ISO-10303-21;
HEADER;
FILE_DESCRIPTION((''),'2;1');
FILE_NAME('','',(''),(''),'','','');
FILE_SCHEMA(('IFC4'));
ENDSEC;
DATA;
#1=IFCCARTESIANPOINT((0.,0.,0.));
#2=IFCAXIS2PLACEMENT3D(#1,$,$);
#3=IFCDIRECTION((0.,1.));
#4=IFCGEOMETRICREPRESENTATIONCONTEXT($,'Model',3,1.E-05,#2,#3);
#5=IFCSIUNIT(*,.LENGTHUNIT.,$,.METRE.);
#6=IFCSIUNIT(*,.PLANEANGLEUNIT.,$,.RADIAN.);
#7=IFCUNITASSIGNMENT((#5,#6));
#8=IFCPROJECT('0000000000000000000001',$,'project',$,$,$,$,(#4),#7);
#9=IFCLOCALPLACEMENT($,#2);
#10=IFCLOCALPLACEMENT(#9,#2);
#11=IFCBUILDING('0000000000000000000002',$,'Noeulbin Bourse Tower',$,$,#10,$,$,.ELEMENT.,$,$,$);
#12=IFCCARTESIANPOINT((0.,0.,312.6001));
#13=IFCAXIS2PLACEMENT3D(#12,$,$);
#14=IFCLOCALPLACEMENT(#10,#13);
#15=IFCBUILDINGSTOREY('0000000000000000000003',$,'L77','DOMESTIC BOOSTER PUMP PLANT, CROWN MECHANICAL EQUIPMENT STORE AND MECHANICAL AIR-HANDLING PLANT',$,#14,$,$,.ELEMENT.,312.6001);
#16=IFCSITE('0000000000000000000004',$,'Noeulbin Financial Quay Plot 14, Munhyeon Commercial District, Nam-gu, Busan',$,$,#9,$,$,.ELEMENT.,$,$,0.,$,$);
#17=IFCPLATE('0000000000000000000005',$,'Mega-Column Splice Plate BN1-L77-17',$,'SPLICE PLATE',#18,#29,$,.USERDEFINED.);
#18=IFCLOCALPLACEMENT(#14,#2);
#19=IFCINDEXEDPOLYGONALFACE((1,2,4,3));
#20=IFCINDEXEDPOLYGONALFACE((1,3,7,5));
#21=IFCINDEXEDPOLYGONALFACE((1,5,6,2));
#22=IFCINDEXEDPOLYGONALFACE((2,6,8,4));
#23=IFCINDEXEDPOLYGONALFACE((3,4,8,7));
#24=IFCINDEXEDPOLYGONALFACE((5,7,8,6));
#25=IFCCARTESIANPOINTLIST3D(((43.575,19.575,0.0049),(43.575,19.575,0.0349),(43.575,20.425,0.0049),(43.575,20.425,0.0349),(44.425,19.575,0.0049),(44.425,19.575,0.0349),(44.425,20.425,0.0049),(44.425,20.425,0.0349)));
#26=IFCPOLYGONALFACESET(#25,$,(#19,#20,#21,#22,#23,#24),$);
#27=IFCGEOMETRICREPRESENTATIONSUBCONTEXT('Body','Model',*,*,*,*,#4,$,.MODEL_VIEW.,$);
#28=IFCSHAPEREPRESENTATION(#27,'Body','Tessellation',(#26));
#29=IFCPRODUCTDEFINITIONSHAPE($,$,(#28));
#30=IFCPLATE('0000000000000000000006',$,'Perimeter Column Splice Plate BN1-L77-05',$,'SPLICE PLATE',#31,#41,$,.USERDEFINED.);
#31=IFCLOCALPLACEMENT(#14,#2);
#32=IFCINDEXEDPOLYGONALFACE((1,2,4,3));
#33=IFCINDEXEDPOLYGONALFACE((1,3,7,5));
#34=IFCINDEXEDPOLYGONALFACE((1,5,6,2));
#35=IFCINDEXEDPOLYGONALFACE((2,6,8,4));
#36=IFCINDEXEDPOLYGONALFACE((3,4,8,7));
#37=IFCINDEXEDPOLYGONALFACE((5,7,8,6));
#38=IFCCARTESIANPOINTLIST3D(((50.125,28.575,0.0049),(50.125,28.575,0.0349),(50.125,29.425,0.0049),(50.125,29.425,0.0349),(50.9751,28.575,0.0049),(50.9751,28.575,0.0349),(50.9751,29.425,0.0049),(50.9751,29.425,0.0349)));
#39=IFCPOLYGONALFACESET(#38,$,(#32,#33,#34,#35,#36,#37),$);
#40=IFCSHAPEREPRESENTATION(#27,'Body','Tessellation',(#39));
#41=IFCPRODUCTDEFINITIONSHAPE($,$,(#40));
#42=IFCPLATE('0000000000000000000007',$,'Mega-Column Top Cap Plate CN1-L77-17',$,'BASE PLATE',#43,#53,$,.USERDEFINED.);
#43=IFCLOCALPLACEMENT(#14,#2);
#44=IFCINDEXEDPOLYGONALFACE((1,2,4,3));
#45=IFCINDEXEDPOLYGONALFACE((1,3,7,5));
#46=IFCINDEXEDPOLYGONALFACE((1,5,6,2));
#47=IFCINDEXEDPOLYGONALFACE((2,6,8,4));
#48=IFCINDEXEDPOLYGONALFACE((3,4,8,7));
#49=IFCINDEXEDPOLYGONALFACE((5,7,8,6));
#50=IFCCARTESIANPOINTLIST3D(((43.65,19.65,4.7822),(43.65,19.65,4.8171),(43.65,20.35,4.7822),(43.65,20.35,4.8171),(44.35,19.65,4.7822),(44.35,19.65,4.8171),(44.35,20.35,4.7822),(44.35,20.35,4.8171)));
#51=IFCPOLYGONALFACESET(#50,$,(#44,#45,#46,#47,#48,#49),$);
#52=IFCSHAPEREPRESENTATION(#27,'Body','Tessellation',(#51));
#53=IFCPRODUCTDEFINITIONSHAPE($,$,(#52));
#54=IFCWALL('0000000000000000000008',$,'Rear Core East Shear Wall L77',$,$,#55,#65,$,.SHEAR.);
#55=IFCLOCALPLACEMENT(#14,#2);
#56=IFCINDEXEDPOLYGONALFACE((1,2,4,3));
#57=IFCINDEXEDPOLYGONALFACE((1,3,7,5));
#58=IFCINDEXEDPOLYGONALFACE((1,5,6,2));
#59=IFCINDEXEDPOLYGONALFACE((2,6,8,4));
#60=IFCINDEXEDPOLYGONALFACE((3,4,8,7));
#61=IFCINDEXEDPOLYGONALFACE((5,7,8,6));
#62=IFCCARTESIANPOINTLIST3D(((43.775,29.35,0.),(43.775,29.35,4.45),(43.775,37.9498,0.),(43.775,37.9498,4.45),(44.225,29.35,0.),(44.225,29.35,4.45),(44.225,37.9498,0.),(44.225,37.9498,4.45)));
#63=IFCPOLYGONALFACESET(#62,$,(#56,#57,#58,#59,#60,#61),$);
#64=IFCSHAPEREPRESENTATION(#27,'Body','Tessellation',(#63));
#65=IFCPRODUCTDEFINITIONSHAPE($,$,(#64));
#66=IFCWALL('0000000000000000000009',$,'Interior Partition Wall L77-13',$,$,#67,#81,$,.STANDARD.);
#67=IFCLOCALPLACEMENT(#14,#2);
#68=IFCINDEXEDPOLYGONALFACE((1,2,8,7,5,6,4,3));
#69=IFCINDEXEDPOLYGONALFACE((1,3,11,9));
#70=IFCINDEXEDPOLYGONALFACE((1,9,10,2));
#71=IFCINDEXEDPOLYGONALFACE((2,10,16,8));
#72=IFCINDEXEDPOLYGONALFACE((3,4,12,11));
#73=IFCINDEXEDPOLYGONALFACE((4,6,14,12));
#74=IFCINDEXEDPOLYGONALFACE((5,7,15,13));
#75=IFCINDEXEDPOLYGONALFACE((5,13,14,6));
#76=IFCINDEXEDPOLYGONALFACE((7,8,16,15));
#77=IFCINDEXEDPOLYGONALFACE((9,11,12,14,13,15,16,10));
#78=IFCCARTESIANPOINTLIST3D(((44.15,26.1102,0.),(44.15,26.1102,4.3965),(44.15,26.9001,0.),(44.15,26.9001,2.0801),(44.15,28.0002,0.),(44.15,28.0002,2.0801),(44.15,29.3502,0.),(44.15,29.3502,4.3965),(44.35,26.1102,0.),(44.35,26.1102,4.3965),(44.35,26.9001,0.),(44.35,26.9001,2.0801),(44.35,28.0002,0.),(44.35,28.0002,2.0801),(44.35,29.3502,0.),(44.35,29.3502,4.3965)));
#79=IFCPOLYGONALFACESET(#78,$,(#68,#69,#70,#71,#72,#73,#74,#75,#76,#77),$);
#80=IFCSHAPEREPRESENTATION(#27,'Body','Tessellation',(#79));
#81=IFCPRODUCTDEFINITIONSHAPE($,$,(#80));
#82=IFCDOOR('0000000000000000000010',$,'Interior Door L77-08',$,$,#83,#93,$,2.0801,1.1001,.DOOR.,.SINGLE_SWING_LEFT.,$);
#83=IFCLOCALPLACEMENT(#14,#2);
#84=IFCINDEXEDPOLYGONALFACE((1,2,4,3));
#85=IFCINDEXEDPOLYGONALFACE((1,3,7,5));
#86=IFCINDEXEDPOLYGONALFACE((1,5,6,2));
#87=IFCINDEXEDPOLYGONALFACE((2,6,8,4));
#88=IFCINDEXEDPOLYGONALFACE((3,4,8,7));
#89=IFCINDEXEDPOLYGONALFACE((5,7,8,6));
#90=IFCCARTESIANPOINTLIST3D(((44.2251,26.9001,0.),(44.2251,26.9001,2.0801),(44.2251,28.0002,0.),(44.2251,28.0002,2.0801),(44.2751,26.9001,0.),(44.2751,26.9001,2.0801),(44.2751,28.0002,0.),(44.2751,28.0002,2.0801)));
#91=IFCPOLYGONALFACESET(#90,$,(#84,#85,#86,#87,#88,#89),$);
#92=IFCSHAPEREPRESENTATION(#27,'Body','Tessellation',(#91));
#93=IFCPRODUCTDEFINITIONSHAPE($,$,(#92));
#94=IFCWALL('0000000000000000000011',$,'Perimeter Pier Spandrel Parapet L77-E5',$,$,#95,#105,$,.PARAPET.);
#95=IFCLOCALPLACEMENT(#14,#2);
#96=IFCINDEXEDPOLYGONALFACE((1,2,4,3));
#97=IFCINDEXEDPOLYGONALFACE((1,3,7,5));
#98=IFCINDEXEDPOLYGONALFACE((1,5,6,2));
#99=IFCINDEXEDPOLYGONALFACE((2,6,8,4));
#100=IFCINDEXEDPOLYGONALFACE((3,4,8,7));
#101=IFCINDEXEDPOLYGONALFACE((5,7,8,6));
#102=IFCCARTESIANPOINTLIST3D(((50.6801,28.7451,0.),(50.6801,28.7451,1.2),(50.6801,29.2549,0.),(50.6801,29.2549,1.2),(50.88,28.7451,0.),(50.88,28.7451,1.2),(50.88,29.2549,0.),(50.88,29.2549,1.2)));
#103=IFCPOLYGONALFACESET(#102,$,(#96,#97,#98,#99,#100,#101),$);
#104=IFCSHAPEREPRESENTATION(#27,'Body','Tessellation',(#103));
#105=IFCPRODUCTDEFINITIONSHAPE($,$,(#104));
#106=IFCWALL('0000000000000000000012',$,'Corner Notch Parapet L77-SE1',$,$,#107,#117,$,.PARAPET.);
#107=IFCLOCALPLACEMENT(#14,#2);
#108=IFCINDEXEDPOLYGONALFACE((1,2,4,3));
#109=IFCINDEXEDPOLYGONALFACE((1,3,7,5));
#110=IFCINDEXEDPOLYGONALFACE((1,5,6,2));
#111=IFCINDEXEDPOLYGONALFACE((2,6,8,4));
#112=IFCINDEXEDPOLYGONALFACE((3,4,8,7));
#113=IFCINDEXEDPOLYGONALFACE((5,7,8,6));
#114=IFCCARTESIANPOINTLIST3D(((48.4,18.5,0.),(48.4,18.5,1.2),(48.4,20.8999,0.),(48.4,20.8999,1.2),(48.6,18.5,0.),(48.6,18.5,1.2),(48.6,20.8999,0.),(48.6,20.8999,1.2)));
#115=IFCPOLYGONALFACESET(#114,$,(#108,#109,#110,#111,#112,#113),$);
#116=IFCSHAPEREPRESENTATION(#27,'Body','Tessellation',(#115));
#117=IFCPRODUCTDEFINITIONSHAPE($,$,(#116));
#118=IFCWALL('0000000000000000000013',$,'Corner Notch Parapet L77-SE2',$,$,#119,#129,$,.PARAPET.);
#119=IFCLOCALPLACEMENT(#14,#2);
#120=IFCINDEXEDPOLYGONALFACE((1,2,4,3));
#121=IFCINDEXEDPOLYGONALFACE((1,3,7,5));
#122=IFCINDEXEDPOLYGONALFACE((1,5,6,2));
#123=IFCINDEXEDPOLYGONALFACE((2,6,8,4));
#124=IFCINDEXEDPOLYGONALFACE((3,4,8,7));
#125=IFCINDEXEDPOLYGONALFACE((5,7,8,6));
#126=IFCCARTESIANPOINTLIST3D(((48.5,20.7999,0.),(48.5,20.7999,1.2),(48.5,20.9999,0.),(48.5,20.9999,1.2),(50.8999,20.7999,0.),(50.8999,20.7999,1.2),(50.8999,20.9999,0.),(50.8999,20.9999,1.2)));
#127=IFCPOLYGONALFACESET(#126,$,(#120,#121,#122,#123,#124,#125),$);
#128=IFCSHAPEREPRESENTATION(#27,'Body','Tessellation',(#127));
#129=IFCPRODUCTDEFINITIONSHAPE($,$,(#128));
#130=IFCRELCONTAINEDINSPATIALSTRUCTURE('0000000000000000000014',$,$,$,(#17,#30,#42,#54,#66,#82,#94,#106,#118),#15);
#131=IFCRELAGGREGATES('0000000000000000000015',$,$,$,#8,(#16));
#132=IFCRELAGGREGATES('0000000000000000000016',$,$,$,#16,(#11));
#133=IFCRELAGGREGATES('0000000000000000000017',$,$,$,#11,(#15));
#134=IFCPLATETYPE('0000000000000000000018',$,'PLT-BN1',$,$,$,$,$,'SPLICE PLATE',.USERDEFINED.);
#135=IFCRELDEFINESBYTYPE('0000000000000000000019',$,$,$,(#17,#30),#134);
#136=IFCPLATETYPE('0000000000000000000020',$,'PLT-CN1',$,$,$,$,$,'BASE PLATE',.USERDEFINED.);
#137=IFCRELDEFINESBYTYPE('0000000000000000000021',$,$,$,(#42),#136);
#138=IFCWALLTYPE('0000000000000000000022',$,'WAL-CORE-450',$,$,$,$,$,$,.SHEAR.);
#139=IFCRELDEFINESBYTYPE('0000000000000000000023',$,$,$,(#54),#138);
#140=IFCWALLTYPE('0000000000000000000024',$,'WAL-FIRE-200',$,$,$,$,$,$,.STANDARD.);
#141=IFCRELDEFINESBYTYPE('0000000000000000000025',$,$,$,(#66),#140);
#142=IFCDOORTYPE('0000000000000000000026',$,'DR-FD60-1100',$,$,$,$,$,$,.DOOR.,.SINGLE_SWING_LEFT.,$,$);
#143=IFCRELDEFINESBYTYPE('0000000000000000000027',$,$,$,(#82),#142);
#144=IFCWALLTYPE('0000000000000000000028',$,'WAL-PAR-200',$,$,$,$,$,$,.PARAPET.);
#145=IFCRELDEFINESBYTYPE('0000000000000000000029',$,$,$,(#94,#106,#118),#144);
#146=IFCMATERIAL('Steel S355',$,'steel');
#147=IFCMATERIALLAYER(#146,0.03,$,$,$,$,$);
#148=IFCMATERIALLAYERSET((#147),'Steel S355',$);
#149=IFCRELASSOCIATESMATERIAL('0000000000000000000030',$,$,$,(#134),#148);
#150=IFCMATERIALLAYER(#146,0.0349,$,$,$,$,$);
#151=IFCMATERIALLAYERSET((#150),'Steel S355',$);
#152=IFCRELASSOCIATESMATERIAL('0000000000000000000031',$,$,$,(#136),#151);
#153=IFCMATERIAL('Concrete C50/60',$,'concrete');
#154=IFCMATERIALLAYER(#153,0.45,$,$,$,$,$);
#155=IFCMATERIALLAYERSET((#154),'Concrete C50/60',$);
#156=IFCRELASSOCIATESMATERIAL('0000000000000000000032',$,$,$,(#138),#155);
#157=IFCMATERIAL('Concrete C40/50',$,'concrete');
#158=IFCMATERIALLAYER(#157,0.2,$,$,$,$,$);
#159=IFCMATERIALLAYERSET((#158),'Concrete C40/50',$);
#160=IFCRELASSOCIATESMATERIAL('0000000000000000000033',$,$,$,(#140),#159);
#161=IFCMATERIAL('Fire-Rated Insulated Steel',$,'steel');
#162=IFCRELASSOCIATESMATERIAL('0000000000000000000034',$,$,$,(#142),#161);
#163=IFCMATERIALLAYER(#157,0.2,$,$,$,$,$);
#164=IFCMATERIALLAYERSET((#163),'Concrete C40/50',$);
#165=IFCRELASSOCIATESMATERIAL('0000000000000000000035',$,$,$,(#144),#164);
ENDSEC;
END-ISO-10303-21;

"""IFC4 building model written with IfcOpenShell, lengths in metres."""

from ifc_helpers import new_model, si_unit, direction, frame, frame_2d, origin, origin_2d, place, context, subcontext, project, spatial, rectangle, extrude, material, layer, layer_set, type_object, element, fill, save


model = new_model("IFC4")

# Units and contexts
model_context = context("Model", 3, precision=1e-05, world=origin(), true_north=direction((0.0, 1.0)))
body_context = subcontext(model_context, "Body", "Model", "MODEL_VIEW")
ifc_project = project(units=[si_unit("LENGTHUNIT", "METRE"), si_unit("PLANEANGLEUNIT", "RADIAN")], contexts=[model_context])

# Site, building, storey
site_placement = place(None, origin())
site = spatial("IfcSite", under=ifc_project, at=site_placement, Name="Noeulbin Financial Quay Plot 14, Munhyeon Commercial District, Nam-gu, Busan", CompositionType="ELEMENT", RefElevation=0.0)
building_placement = place(site_placement, origin())
building = spatial("IfcBuilding", under=site, at=building_placement, Name="Noeulbin Bourse Tower", CompositionType="ELEMENT")
storey_placement = place(building_placement, frame((0.0, 0.0, 312.6001)))
storey = spatial("IfcBuildingStorey", under=building, at=storey_placement, Name="L77", Description="DOMESTIC BOOSTER PUMP PLANT, CROWN MECHANICAL EQUIPMENT STORE AND MECHANICAL AIR-HANDLING PLANT", CompositionType="ELEMENT", Elevation=312.6001)

# Shared definitions
ifc_material_1 = material(Name="Steel S355", Category="steel")

# Plates
ifc_layer_1 = layer(ifc_material_1, 0.03)
ifc_layer_set_1 = layer_set([ifc_layer_1], Name="Steel S355")
plate_type_1 = type_object("IfcPlateType", Name="PLT-BN1", ElementType="SPLICE PLATE", PredefinedType="USERDEFINED", material=ifc_layer_set_1)
for number, where, z_axis, x_axis, name in (
    (1, (44.0, 20.0, 0.0049), (0.0, 0.0, 1.0), (1.0, 0.0, 0.0), "Mega-Column Splice Plate BN1-L77-17"),
    (2, (50.55, 29.0, 0.0049), (0.0, 0.0, 1.0), (1.0, 0.0, 0.0), "Perimeter Column Splice Plate BN1-L77-05"),
):
    element("IfcPlate", number, at=place(storey_placement, frame(where, z_axis=z_axis, x_axis=x_axis)), inside=storey, type_object=plate_type_1, Name=name, ObjectType="SPLICE PLATE", PredefinedType="USERDEFINED", context=body_context, shape_type="SweptSolid", body=[
        extrude(rectangle(XDim=0.8501, YDim=0.8501, at=origin_2d()), origin(), (0.0, 0.0, 1.0), 0.03),
    ])
ifc_layer_2 = layer(ifc_material_1, 0.0349)
ifc_layer_set_2 = layer_set([ifc_layer_2], Name="Steel S355")
plate_type_2 = type_object("IfcPlateType", Name="PLT-CN1", ElementType="BASE PLATE", PredefinedType="USERDEFINED", material=ifc_layer_set_2)
plate_1_placement = place(storey_placement, frame((44.0, 20.0, 4.7822), z_axis=(0.0, 0.0, 1.0), x_axis=(1.0, 0.0, 0.0)))
element("IfcPlate", 3, at=plate_1_placement, inside=storey, type_object=plate_type_2, Name="Mega-Column Top Cap Plate CN1-L77-17", ObjectType="BASE PLATE", PredefinedType="USERDEFINED", context=body_context, shape_type="SweptSolid", body=[
    extrude(rectangle(XDim=0.7, YDim=0.7, at=origin_2d()), origin(), (0.0, 0.0, 1.0), 0.0349),
])

# Wall
ifc_material_2 = material(Name="Concrete C50/60", Category="concrete")
ifc_layer_3 = layer(ifc_material_2, 0.45)
ifc_layer_set_3 = layer_set([ifc_layer_3], Name="Concrete C50/60")
wall_type_1 = type_object("IfcWallType", Name="WAL-CORE-450", PredefinedType="SHEAR", material=ifc_layer_set_3)
wall_1_placement = place(storey_placement, frame((44.0, 29.3501, 0.0), z_axis=(0.0, 0.0, 1.0), x_axis=(0.0, 1.0, 0.0)))
element("IfcWall", 4, at=wall_1_placement, inside=storey, type_object=wall_type_1, Name="Rear Core East Shear Wall L77", PredefinedType="SHEAR", context=body_context, shape_type="SweptSolid", body=[
    extrude(rectangle(XDim=8.5999, YDim=0.45, at=frame_2d((4.2998, 0.0))), origin(), (0.0, 0.0, 1.0), 4.45),
])

# Wall, opening, door
ifc_material_3 = material(Name="Concrete C40/50", Category="concrete")
ifc_layer_4 = layer(ifc_material_3, 0.2)
ifc_layer_set_4 = layer_set([ifc_layer_4], Name="Concrete C40/50")
wall_type_2 = type_object("IfcWallType", Name="WAL-FIRE-200", PredefinedType="STANDARD", material=ifc_layer_set_4)
wall_2_placement = place(storey_placement, frame((44.25, 26.1101, 0.0), z_axis=(0.0, 0.0, 1.0), x_axis=(0.0, 1.0, 0.0)))
wall_2 = element("IfcWall", 5, at=wall_2_placement, inside=storey, type_object=wall_type_2, Name="Interior Partition Wall L77-13", PredefinedType="STANDARD", context=body_context, shape_type="SweptSolid", body=[
    extrude(rectangle(XDim=3.24, YDim=0.2, at=frame_2d((1.6201, 0.0))), origin(), (0.0, 0.0, 1.0), 4.3965),
])
opening_placement = place(wall_2_placement, frame((0.79, 0.0, 0.0)))
opening = element("IfcOpeningElement", 6, at=opening_placement, cuts=wall_2, PredefinedType="OPENING", context=body_context, shape_type="SweptSolid", body=[
    extrude(rectangle(XDim=1.1001, YDim=2.0801, at=frame_2d((0.55, 1.04))), frame((0.0, 0.1099, 0.0), z_axis=(0.0, -1.0, 0.0), x_axis=(1.0, 0.0, 0.0)), (0.0, 0.0, 1.0), 0.22),
])
ifc_material_4 = material(Name="Fire-Rated Insulated Steel", Category="steel")
door_type = type_object("IfcDoorType", Name="DR-FD60-1100", OperationType="SINGLE_SWING_LEFT", PredefinedType="DOOR", material=ifc_material_4)
door_placement = place(opening_placement, origin())
door = element("IfcDoor", 7, at=door_placement, inside=storey, type_object=door_type, Name="Interior Door L77-08", OperationType="SINGLE_SWING_LEFT", OverallHeight=2.0801, OverallWidth=1.1001, PredefinedType="DOOR", context=body_context, shape_type="SweptSolid", body=[
    extrude(rectangle(XDim=1.1001, YDim=2.0801, at=frame_2d((0.55, 1.04))), frame((0.0, 0.0249, 0.0), z_axis=(0.0, -1.0, 0.0), x_axis=(1.0, 0.0, 0.0)), (0.0, 0.0, 1.0), 0.05),
])
fill(opening, door)

# Walls
ifc_layer_5 = layer(ifc_material_3, 0.2)
ifc_layer_set_5 = layer_set([ifc_layer_5], Name="Concrete C40/50")
wall_type_3 = type_object("IfcWallType", Name="WAL-PAR-200", PredefinedType="PARAPET", material=ifc_layer_set_5)
wall_3_placement = place(storey_placement, frame((50.78, 28.7451, 0.0), z_axis=(0.0, 0.0, 1.0), x_axis=(0.0, 1.0, 0.0)))
element("IfcWall", 8, at=wall_3_placement, inside=storey, type_object=wall_type_3, Name="Perimeter Pier Spandrel Parapet L77-E5", PredefinedType="PARAPET", context=body_context, shape_type="SweptSolid", body=[
    extrude(rectangle(XDim=0.5098, YDim=0.2, at=frame_2d((0.2549, 0.0))), origin(), (0.0, 0.0, 1.0), 1.2),
])
for number, where, z_axis, x_axis, name in (
    (9, (48.5, 18.5, 0.0), (0.0, 0.0, 1.0), (0.0, 1.0, 0.0), "Corner Notch Parapet L77-SE1"),
    (10, (48.5, 20.8999, 0.0), (0.0, 0.0, 1.0), (1.0, 0.0, 0.0), "Corner Notch Parapet L77-SE2"),
):
    element("IfcWall", number, at=place(storey_placement, frame(where, z_axis=z_axis, x_axis=x_axis)), inside=storey, type_object=wall_type_3, Name=name, PredefinedType="PARAPET", context=body_context, shape_type="SweptSolid", body=[
        extrude(rectangle(XDim=2.3999, YDim=0.2, at=frame_2d((1.2, 0.0))), origin(), (0.0, 0.0, 1.0), 1.2),
    ])

save(model, "model.ifc")
